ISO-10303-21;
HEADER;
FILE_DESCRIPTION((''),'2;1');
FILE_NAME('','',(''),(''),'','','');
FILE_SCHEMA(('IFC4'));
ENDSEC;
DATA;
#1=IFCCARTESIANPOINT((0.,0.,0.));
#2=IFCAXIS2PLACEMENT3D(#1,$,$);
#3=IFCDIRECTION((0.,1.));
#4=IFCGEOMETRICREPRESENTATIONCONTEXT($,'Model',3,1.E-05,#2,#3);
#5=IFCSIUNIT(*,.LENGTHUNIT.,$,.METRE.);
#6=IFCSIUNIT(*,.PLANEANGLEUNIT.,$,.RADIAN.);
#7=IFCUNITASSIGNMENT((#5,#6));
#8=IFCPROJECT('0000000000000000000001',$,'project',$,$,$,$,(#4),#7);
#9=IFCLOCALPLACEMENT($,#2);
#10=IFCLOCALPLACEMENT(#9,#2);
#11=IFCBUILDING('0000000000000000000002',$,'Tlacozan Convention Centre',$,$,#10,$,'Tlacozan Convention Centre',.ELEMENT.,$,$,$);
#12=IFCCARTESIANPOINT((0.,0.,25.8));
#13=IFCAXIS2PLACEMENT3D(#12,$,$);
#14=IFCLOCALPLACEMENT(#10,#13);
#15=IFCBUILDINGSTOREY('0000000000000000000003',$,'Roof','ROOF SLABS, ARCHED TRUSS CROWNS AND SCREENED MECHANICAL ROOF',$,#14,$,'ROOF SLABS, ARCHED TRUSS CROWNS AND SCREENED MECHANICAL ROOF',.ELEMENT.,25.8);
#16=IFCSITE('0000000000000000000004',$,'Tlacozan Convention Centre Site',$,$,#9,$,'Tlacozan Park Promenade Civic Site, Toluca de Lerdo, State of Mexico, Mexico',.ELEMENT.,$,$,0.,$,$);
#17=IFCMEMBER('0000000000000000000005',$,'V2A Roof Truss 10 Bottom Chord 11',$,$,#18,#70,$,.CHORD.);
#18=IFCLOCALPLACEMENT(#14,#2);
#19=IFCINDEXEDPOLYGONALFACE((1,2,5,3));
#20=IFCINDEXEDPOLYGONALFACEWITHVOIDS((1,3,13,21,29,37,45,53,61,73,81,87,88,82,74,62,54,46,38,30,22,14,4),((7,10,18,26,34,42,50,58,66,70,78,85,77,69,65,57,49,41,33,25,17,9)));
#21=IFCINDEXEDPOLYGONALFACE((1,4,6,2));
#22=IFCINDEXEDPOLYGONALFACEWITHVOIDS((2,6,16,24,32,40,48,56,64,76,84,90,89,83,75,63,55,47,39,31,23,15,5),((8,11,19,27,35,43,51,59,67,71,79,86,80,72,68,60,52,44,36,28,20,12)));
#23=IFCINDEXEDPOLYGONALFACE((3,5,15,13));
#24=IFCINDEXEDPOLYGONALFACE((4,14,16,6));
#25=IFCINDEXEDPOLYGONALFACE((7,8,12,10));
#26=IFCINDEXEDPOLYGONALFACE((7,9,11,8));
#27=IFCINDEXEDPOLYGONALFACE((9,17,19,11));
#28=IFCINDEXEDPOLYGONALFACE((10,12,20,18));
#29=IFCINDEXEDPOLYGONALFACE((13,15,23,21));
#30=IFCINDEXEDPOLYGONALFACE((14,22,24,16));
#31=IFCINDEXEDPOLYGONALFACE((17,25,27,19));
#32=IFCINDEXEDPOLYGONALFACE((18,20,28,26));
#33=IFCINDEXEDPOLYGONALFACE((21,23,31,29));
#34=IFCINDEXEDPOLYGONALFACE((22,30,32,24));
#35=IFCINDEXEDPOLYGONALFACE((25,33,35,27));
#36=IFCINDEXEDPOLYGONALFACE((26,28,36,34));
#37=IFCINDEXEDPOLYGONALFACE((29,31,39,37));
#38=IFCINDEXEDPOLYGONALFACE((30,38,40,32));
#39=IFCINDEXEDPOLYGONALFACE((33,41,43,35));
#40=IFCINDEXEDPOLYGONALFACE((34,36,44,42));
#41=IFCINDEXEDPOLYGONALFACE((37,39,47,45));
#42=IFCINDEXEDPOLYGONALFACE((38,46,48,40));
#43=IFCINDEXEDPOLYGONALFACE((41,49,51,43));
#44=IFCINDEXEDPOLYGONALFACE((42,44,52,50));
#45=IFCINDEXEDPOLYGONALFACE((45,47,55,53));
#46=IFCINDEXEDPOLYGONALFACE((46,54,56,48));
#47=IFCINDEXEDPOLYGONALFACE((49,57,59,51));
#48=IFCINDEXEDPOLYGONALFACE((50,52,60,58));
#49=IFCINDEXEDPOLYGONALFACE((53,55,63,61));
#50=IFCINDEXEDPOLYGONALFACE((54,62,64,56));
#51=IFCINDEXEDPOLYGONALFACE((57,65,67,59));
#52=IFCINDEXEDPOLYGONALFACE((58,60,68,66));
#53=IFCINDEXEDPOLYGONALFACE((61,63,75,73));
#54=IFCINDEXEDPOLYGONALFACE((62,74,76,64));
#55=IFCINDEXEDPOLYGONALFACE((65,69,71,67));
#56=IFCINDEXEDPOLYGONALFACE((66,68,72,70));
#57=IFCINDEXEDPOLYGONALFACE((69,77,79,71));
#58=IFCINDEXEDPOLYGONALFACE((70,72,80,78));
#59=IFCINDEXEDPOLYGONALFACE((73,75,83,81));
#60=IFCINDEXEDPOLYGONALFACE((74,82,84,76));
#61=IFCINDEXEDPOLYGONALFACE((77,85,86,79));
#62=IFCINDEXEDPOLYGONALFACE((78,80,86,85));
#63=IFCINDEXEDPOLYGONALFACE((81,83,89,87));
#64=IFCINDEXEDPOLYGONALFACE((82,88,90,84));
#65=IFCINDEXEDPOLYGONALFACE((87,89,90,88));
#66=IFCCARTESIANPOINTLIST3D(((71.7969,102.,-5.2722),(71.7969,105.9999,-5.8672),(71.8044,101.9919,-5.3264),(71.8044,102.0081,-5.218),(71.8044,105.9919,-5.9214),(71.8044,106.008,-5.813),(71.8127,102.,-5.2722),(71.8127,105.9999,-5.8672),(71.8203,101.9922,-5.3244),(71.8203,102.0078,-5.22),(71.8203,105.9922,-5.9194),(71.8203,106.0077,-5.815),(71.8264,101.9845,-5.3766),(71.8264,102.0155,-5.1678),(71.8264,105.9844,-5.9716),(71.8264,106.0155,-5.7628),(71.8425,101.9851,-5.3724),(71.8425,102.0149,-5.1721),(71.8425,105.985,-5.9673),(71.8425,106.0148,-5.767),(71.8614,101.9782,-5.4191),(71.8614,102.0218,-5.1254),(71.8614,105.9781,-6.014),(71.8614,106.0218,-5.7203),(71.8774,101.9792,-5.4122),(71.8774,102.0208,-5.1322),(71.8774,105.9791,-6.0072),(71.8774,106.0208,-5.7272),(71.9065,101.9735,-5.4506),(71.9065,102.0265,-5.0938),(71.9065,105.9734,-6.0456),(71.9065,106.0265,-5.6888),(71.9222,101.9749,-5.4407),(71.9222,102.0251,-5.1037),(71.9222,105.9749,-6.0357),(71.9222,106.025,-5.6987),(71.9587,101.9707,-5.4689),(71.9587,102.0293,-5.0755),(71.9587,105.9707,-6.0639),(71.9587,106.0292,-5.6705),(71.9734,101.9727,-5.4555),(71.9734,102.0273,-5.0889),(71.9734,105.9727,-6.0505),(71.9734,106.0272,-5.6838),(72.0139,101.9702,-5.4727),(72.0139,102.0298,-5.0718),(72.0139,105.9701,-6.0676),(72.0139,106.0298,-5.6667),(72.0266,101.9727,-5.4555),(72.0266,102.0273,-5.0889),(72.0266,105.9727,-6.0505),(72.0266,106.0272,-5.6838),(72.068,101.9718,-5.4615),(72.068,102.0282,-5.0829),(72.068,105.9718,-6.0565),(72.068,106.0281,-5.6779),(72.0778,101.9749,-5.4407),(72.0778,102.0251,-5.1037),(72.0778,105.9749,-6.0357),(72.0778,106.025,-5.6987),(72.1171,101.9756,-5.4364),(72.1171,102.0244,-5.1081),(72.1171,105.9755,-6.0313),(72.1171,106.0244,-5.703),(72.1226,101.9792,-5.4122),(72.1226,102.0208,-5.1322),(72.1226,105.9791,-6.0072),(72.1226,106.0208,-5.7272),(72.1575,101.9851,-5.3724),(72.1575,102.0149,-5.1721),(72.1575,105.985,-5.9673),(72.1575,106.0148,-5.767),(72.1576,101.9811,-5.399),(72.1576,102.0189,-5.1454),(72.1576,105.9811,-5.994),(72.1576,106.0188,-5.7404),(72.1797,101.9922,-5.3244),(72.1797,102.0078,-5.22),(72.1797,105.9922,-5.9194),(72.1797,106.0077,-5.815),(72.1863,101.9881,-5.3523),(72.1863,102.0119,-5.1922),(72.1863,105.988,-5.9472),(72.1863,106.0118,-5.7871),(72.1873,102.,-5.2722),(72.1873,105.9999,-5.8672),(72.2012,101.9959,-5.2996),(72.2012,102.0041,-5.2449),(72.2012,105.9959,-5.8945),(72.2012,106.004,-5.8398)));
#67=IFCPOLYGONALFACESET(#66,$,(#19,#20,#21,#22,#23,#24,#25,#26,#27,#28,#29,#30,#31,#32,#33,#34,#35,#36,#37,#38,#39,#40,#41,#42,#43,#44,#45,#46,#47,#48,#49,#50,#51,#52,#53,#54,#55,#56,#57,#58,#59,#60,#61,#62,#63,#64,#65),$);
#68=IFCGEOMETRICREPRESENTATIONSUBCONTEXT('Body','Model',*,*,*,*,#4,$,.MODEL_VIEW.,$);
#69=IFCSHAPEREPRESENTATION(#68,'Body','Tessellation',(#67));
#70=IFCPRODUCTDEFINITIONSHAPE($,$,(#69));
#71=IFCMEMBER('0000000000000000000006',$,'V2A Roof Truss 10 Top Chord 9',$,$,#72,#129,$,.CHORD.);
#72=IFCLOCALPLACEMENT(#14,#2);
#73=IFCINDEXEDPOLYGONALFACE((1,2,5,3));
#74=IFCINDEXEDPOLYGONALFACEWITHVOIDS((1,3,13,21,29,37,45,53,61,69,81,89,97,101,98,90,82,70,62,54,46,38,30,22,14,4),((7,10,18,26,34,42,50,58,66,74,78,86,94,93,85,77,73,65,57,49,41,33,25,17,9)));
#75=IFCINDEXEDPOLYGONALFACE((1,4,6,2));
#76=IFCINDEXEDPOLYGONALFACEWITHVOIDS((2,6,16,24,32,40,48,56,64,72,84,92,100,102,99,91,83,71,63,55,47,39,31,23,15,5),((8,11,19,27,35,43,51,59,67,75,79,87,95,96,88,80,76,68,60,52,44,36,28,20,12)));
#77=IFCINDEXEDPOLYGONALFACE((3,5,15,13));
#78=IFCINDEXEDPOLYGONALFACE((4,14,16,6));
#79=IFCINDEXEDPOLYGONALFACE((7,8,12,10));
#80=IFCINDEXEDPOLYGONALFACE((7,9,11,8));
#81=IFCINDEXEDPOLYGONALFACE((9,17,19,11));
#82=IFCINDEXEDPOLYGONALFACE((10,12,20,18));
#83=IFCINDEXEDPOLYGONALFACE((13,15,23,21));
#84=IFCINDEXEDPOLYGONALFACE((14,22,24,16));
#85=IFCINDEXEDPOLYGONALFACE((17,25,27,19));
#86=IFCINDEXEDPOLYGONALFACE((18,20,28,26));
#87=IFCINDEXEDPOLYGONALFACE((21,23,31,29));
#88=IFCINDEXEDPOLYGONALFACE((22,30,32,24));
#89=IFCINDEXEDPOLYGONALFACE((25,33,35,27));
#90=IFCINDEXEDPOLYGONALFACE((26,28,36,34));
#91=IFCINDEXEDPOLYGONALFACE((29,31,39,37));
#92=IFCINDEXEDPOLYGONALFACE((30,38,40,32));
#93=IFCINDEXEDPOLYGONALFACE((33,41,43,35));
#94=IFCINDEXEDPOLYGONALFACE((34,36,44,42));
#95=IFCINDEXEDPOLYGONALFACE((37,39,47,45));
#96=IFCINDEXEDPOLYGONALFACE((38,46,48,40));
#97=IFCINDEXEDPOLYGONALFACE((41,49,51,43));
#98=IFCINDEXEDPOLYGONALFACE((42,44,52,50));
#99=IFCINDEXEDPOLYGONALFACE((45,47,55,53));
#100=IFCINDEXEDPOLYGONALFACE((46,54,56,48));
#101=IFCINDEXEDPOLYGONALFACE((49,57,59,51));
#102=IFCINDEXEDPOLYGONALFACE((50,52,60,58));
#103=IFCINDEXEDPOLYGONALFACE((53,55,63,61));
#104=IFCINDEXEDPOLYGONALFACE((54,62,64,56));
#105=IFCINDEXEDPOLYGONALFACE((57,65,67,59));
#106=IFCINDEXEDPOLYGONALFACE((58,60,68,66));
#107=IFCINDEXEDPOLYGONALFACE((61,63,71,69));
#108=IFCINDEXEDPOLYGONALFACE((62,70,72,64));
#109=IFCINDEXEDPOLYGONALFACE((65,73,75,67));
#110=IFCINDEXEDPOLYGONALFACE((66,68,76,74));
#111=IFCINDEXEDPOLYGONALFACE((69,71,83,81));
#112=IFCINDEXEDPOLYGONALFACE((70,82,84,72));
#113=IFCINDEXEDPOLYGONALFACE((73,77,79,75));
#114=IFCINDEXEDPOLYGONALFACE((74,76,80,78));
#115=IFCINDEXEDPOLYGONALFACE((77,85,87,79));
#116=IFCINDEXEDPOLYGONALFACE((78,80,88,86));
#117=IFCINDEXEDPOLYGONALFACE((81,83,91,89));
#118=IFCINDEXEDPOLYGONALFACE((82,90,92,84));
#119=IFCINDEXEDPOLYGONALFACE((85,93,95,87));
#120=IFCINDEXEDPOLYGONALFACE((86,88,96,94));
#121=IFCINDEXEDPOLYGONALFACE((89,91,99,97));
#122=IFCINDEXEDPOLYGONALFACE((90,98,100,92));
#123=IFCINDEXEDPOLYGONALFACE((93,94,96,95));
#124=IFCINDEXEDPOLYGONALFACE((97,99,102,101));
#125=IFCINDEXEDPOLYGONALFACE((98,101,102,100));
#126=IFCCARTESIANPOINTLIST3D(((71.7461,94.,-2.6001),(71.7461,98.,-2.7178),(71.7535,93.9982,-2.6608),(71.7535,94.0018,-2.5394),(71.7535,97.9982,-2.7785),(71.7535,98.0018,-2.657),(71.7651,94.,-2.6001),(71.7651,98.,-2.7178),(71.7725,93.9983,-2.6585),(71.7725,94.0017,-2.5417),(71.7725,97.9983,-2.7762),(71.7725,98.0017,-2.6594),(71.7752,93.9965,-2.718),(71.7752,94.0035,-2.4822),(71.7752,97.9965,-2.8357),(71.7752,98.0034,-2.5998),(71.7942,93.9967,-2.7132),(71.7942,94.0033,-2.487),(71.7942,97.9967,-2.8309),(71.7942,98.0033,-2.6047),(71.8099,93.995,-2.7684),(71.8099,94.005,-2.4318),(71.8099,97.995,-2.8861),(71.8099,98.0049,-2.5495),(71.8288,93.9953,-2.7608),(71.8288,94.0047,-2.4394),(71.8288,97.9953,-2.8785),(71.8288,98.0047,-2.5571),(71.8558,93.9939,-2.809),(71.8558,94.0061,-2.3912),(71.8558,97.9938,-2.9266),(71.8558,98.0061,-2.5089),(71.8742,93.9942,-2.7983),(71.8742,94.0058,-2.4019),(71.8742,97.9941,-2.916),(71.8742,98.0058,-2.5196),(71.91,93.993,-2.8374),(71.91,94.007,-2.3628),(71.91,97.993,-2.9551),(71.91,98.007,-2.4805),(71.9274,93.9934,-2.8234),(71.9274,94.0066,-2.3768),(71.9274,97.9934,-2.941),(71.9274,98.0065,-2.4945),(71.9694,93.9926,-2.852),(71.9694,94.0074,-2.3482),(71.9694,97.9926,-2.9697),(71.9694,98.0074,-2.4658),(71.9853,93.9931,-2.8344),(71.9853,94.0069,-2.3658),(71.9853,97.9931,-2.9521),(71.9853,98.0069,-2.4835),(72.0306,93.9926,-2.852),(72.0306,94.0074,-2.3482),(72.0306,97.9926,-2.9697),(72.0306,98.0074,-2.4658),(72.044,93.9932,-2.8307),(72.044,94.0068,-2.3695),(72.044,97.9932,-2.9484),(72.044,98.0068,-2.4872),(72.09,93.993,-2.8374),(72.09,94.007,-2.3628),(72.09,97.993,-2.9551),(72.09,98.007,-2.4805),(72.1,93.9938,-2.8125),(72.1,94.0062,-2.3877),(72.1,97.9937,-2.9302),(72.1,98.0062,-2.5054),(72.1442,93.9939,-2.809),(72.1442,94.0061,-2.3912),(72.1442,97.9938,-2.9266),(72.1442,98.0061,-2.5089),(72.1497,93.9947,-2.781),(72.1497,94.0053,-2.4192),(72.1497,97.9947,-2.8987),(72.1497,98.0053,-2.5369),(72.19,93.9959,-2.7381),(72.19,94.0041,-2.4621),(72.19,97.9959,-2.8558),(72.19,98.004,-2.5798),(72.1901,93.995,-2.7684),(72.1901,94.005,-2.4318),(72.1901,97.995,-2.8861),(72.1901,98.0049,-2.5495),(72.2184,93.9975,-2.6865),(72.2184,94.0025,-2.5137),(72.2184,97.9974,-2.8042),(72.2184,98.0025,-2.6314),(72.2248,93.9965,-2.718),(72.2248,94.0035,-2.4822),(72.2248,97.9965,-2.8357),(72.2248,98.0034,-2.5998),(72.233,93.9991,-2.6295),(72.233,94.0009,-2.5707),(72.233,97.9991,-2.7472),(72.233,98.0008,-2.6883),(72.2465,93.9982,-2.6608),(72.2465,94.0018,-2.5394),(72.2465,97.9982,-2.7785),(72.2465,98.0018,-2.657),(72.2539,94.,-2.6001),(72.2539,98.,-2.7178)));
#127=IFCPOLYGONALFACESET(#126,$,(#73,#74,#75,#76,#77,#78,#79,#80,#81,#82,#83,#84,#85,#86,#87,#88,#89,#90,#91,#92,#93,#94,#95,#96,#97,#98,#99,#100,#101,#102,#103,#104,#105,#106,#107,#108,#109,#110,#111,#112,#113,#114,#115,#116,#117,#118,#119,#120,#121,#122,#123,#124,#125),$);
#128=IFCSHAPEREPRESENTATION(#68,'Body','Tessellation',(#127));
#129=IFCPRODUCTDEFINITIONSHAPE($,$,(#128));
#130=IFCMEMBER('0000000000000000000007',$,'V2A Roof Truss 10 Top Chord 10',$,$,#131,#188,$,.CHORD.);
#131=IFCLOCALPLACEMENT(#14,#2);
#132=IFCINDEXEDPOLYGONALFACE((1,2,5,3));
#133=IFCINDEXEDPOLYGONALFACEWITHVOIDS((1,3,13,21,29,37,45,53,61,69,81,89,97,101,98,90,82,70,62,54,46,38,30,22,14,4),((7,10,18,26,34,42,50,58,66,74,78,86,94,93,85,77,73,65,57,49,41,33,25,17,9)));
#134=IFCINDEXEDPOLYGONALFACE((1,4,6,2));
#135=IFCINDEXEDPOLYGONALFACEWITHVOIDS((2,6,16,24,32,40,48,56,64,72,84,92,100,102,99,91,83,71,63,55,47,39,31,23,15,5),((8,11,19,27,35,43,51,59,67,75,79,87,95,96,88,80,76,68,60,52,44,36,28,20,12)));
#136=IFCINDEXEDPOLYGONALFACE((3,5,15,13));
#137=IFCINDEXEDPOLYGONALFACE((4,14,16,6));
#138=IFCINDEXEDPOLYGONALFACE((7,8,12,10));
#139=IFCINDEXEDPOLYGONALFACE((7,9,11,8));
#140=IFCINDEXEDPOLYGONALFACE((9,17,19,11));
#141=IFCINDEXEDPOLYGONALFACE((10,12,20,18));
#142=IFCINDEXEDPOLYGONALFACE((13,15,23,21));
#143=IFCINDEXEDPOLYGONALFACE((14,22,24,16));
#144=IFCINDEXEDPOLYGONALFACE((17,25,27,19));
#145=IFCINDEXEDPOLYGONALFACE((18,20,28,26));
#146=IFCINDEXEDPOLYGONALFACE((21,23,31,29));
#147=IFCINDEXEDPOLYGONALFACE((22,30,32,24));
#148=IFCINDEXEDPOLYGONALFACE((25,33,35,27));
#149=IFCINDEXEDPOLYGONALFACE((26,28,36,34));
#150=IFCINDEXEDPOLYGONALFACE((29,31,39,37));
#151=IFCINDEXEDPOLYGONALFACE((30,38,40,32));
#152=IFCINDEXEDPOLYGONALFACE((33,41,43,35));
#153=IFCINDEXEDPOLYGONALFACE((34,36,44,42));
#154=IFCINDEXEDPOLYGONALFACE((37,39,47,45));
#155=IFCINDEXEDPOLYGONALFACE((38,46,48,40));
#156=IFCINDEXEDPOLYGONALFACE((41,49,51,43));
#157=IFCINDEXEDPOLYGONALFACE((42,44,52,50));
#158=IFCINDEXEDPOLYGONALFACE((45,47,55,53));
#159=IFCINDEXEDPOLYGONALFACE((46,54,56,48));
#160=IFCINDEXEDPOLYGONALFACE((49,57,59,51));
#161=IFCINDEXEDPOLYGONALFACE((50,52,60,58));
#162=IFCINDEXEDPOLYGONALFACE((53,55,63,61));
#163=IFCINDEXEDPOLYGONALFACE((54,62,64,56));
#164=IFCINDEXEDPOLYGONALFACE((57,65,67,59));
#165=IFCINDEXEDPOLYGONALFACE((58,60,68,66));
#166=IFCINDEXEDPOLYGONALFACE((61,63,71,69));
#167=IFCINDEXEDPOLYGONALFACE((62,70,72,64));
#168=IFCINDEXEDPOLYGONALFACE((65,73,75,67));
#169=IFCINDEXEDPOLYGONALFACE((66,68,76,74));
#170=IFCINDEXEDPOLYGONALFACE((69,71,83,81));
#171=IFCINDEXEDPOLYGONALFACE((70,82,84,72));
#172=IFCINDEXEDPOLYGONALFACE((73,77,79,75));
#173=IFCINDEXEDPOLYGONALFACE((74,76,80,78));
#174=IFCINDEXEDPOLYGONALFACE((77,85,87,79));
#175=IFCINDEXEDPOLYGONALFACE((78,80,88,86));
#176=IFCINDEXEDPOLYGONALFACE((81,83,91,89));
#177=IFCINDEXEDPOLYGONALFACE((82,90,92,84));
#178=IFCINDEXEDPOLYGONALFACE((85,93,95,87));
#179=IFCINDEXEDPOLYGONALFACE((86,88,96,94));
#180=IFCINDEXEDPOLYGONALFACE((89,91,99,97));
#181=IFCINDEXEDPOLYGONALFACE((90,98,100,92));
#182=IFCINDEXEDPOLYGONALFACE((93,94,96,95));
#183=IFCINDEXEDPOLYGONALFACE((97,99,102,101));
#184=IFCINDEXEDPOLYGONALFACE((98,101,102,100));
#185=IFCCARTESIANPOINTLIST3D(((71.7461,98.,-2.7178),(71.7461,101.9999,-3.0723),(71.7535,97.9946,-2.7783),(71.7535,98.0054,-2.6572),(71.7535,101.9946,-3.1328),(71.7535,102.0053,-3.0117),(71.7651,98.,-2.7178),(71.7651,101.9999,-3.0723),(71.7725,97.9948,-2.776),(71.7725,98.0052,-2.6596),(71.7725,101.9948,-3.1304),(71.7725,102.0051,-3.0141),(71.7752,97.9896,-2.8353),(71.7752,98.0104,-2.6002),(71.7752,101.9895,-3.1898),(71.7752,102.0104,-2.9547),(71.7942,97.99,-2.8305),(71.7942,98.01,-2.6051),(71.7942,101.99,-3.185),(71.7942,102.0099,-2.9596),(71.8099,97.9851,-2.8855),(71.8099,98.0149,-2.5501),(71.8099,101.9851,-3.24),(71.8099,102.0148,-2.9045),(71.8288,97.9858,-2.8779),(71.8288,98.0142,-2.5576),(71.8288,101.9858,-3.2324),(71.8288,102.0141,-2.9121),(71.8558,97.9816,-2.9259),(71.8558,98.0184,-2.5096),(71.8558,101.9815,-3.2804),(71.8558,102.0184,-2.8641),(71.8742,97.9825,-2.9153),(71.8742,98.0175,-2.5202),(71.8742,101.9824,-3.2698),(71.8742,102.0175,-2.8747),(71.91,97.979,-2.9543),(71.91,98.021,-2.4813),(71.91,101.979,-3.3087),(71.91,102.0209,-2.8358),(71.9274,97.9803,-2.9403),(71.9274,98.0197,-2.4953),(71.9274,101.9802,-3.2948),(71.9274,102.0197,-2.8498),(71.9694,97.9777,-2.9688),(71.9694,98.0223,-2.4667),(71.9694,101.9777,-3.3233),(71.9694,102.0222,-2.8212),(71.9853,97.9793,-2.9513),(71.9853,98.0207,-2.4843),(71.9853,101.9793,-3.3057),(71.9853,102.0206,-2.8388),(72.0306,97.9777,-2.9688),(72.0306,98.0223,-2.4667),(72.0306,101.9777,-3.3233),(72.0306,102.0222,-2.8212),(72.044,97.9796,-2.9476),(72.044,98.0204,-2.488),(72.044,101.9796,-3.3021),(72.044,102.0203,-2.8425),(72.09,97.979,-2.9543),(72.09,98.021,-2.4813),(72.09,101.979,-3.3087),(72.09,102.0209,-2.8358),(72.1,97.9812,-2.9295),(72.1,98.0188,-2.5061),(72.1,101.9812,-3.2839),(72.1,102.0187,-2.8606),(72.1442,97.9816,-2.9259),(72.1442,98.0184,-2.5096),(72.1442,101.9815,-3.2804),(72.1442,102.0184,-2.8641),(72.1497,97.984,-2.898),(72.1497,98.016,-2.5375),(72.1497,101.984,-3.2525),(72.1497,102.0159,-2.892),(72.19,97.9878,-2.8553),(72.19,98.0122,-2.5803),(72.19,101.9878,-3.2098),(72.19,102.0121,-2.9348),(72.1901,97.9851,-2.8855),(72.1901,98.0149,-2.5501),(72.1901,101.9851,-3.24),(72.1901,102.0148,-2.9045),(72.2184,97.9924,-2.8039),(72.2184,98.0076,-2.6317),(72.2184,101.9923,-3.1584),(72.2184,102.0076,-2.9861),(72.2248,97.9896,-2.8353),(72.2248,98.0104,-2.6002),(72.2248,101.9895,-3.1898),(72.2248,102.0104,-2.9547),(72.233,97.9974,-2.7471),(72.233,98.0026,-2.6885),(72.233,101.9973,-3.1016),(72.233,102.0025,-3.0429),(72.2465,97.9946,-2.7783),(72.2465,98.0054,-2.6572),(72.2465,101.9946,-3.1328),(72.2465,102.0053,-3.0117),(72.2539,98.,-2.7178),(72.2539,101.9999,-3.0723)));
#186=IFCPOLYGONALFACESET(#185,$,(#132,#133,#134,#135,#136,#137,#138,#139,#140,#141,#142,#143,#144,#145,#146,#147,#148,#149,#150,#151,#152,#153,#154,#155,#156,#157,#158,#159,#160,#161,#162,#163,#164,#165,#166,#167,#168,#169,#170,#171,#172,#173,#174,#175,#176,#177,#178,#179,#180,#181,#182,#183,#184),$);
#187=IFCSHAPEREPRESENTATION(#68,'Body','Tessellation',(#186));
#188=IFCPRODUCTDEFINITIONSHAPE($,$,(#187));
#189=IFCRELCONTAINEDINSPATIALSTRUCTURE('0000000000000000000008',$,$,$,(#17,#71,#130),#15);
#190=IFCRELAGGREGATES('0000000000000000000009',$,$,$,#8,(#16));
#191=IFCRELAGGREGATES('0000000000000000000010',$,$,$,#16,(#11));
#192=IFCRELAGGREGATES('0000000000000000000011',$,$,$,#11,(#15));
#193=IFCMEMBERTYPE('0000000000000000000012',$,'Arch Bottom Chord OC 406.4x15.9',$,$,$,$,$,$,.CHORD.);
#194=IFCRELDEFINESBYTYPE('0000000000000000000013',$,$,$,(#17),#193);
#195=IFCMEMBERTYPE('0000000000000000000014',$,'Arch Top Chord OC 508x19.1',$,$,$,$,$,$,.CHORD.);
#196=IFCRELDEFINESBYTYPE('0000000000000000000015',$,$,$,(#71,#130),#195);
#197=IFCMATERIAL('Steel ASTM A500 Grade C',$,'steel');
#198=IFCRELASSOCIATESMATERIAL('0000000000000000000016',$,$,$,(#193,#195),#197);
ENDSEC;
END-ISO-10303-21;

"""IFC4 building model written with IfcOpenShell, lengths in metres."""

from ifc_helpers import new_model, si_unit, direction, frame, origin, origin_2d, place, context, subcontext, project, spatial, hollow_circle, extrude, material, material_profile, profile_set, type_object, element, save


model = new_model("IFC4")

# Units and contexts
model_context = context("Model", 3, precision=1e-05, world=origin(), true_north=direction((0.0, 1.0)))
body_context = subcontext(model_context, "Body", "Model", "MODEL_VIEW")
ifc_project = project(units=[si_unit("LENGTHUNIT", "METRE"), si_unit("PLANEANGLEUNIT", "RADIAN")], contexts=[model_context])

# Site, building, storey
site_placement = place(None, origin())
site = spatial("IfcSite", under=ifc_project, at=site_placement, Name="Tlacozan Convention Centre Site", LongName="Tlacozan Park Promenade Civic Site, Toluca de Lerdo, State of Mexico, Mexico", CompositionType="ELEMENT", RefElevation=0.0)
building_placement = place(site_placement, origin())
building = spatial("IfcBuilding", under=site, at=building_placement, Name="Tlacozan Convention Centre", LongName="Tlacozan Convention Centre", CompositionType="ELEMENT")
storey_placement = place(building_placement, frame((0.0, 0.0, 25.8)))
storey = spatial("IfcBuildingStorey", under=building, at=storey_placement, Name="Roof", Description="ROOF SLABS, ARCHED TRUSS CROWNS AND SCREENED MECHANICAL ROOF", LongName="ROOF SLABS, ARCHED TRUSS CROWNS AND SCREENED MECHANICAL ROOF", CompositionType="ELEMENT", Elevation=25.8)

# Members
ifc_material_1 = material(Name="Steel ASTM A500 Grade C", Category="steel")
ifc_material_profile_1 = material_profile(ifc_material_1, hollow_circle(Radius=0.2031, WallThickness=0.0159, at=origin_2d()), Name="OC 406.4x15.9")
ifc_profile_set_1 = profile_set([ifc_material_profile_1], Name="Steel ASTM A500 Grade C")
member_type_1 = type_object("IfcMemberType", Name="Arch Bottom Chord OC 406.4x15.9", PredefinedType="CHORD", material=ifc_profile_set_1)
member_1_placement = place(storey_placement, frame((72.0, 102.0, -5.2722), z_axis=(0.0, 0.989118, -0.147124), x_axis=(-1.0, 0.0, 0.0)))
element("IfcMember", 1, at=member_1_placement, inside=storey, type_object=member_type_1, Name="V2A Roof Truss 10 Bottom Chord 11", PredefinedType="CHORD", context=body_context, shape_type="SweptSolid", body=[
    extrude(hollow_circle(Radius=0.2031, WallThickness=0.0159, at=origin_2d()), origin(), (0.0, 0.0, 1.0), 4.0439),
])
ifc_material_profile_2 = material_profile(ifc_material_1, hollow_circle(Radius=0.2539, WallThickness=0.019, at=origin_2d()), Name="OC 508.0x19.1")
ifc_profile_set_2 = profile_set([ifc_material_profile_2], Name="Steel ASTM A500 Grade C")
member_type_2 = type_object("IfcMemberType", Name="Arch Top Chord OC 508x19.1", PredefinedType="CHORD", material=ifc_profile_set_2)
member_2_placement = place(storey_placement, frame((72.0, 94.0, -2.6001), z_axis=(0.0, 0.999568, -0.029406), x_axis=(-1.0, 0.0, 0.0)))
element("IfcMember", 2, at=member_2_placement, inside=storey, type_object=member_type_2, Name="V2A Roof Truss 10 Top Chord 9", PredefinedType="CHORD", context=body_context, shape_type="SweptSolid", body=[
    extrude(hollow_circle(Radius=0.2539, WallThickness=0.019, at=origin_2d()), origin(), (0.0, 0.0, 1.0), 4.0017),
])
member_3_placement = place(storey_placement, frame((72.0, 98.0, -2.7178), z_axis=(0.0, 0.996096, -0.088277), x_axis=(-1.0, 0.0, 0.0)))
element("IfcMember", 3, at=member_3_placement, inside=storey, type_object=member_type_2, Name="V2A Roof Truss 10 Top Chord 10", PredefinedType="CHORD", context=body_context, shape_type="SweptSolid", body=[
    extrude(hollow_circle(Radius=0.2539, WallThickness=0.019, at=origin_2d()), origin(), (0.0, 0.0, 1.0), 4.0156),
])

save(model, "model.ifc")
